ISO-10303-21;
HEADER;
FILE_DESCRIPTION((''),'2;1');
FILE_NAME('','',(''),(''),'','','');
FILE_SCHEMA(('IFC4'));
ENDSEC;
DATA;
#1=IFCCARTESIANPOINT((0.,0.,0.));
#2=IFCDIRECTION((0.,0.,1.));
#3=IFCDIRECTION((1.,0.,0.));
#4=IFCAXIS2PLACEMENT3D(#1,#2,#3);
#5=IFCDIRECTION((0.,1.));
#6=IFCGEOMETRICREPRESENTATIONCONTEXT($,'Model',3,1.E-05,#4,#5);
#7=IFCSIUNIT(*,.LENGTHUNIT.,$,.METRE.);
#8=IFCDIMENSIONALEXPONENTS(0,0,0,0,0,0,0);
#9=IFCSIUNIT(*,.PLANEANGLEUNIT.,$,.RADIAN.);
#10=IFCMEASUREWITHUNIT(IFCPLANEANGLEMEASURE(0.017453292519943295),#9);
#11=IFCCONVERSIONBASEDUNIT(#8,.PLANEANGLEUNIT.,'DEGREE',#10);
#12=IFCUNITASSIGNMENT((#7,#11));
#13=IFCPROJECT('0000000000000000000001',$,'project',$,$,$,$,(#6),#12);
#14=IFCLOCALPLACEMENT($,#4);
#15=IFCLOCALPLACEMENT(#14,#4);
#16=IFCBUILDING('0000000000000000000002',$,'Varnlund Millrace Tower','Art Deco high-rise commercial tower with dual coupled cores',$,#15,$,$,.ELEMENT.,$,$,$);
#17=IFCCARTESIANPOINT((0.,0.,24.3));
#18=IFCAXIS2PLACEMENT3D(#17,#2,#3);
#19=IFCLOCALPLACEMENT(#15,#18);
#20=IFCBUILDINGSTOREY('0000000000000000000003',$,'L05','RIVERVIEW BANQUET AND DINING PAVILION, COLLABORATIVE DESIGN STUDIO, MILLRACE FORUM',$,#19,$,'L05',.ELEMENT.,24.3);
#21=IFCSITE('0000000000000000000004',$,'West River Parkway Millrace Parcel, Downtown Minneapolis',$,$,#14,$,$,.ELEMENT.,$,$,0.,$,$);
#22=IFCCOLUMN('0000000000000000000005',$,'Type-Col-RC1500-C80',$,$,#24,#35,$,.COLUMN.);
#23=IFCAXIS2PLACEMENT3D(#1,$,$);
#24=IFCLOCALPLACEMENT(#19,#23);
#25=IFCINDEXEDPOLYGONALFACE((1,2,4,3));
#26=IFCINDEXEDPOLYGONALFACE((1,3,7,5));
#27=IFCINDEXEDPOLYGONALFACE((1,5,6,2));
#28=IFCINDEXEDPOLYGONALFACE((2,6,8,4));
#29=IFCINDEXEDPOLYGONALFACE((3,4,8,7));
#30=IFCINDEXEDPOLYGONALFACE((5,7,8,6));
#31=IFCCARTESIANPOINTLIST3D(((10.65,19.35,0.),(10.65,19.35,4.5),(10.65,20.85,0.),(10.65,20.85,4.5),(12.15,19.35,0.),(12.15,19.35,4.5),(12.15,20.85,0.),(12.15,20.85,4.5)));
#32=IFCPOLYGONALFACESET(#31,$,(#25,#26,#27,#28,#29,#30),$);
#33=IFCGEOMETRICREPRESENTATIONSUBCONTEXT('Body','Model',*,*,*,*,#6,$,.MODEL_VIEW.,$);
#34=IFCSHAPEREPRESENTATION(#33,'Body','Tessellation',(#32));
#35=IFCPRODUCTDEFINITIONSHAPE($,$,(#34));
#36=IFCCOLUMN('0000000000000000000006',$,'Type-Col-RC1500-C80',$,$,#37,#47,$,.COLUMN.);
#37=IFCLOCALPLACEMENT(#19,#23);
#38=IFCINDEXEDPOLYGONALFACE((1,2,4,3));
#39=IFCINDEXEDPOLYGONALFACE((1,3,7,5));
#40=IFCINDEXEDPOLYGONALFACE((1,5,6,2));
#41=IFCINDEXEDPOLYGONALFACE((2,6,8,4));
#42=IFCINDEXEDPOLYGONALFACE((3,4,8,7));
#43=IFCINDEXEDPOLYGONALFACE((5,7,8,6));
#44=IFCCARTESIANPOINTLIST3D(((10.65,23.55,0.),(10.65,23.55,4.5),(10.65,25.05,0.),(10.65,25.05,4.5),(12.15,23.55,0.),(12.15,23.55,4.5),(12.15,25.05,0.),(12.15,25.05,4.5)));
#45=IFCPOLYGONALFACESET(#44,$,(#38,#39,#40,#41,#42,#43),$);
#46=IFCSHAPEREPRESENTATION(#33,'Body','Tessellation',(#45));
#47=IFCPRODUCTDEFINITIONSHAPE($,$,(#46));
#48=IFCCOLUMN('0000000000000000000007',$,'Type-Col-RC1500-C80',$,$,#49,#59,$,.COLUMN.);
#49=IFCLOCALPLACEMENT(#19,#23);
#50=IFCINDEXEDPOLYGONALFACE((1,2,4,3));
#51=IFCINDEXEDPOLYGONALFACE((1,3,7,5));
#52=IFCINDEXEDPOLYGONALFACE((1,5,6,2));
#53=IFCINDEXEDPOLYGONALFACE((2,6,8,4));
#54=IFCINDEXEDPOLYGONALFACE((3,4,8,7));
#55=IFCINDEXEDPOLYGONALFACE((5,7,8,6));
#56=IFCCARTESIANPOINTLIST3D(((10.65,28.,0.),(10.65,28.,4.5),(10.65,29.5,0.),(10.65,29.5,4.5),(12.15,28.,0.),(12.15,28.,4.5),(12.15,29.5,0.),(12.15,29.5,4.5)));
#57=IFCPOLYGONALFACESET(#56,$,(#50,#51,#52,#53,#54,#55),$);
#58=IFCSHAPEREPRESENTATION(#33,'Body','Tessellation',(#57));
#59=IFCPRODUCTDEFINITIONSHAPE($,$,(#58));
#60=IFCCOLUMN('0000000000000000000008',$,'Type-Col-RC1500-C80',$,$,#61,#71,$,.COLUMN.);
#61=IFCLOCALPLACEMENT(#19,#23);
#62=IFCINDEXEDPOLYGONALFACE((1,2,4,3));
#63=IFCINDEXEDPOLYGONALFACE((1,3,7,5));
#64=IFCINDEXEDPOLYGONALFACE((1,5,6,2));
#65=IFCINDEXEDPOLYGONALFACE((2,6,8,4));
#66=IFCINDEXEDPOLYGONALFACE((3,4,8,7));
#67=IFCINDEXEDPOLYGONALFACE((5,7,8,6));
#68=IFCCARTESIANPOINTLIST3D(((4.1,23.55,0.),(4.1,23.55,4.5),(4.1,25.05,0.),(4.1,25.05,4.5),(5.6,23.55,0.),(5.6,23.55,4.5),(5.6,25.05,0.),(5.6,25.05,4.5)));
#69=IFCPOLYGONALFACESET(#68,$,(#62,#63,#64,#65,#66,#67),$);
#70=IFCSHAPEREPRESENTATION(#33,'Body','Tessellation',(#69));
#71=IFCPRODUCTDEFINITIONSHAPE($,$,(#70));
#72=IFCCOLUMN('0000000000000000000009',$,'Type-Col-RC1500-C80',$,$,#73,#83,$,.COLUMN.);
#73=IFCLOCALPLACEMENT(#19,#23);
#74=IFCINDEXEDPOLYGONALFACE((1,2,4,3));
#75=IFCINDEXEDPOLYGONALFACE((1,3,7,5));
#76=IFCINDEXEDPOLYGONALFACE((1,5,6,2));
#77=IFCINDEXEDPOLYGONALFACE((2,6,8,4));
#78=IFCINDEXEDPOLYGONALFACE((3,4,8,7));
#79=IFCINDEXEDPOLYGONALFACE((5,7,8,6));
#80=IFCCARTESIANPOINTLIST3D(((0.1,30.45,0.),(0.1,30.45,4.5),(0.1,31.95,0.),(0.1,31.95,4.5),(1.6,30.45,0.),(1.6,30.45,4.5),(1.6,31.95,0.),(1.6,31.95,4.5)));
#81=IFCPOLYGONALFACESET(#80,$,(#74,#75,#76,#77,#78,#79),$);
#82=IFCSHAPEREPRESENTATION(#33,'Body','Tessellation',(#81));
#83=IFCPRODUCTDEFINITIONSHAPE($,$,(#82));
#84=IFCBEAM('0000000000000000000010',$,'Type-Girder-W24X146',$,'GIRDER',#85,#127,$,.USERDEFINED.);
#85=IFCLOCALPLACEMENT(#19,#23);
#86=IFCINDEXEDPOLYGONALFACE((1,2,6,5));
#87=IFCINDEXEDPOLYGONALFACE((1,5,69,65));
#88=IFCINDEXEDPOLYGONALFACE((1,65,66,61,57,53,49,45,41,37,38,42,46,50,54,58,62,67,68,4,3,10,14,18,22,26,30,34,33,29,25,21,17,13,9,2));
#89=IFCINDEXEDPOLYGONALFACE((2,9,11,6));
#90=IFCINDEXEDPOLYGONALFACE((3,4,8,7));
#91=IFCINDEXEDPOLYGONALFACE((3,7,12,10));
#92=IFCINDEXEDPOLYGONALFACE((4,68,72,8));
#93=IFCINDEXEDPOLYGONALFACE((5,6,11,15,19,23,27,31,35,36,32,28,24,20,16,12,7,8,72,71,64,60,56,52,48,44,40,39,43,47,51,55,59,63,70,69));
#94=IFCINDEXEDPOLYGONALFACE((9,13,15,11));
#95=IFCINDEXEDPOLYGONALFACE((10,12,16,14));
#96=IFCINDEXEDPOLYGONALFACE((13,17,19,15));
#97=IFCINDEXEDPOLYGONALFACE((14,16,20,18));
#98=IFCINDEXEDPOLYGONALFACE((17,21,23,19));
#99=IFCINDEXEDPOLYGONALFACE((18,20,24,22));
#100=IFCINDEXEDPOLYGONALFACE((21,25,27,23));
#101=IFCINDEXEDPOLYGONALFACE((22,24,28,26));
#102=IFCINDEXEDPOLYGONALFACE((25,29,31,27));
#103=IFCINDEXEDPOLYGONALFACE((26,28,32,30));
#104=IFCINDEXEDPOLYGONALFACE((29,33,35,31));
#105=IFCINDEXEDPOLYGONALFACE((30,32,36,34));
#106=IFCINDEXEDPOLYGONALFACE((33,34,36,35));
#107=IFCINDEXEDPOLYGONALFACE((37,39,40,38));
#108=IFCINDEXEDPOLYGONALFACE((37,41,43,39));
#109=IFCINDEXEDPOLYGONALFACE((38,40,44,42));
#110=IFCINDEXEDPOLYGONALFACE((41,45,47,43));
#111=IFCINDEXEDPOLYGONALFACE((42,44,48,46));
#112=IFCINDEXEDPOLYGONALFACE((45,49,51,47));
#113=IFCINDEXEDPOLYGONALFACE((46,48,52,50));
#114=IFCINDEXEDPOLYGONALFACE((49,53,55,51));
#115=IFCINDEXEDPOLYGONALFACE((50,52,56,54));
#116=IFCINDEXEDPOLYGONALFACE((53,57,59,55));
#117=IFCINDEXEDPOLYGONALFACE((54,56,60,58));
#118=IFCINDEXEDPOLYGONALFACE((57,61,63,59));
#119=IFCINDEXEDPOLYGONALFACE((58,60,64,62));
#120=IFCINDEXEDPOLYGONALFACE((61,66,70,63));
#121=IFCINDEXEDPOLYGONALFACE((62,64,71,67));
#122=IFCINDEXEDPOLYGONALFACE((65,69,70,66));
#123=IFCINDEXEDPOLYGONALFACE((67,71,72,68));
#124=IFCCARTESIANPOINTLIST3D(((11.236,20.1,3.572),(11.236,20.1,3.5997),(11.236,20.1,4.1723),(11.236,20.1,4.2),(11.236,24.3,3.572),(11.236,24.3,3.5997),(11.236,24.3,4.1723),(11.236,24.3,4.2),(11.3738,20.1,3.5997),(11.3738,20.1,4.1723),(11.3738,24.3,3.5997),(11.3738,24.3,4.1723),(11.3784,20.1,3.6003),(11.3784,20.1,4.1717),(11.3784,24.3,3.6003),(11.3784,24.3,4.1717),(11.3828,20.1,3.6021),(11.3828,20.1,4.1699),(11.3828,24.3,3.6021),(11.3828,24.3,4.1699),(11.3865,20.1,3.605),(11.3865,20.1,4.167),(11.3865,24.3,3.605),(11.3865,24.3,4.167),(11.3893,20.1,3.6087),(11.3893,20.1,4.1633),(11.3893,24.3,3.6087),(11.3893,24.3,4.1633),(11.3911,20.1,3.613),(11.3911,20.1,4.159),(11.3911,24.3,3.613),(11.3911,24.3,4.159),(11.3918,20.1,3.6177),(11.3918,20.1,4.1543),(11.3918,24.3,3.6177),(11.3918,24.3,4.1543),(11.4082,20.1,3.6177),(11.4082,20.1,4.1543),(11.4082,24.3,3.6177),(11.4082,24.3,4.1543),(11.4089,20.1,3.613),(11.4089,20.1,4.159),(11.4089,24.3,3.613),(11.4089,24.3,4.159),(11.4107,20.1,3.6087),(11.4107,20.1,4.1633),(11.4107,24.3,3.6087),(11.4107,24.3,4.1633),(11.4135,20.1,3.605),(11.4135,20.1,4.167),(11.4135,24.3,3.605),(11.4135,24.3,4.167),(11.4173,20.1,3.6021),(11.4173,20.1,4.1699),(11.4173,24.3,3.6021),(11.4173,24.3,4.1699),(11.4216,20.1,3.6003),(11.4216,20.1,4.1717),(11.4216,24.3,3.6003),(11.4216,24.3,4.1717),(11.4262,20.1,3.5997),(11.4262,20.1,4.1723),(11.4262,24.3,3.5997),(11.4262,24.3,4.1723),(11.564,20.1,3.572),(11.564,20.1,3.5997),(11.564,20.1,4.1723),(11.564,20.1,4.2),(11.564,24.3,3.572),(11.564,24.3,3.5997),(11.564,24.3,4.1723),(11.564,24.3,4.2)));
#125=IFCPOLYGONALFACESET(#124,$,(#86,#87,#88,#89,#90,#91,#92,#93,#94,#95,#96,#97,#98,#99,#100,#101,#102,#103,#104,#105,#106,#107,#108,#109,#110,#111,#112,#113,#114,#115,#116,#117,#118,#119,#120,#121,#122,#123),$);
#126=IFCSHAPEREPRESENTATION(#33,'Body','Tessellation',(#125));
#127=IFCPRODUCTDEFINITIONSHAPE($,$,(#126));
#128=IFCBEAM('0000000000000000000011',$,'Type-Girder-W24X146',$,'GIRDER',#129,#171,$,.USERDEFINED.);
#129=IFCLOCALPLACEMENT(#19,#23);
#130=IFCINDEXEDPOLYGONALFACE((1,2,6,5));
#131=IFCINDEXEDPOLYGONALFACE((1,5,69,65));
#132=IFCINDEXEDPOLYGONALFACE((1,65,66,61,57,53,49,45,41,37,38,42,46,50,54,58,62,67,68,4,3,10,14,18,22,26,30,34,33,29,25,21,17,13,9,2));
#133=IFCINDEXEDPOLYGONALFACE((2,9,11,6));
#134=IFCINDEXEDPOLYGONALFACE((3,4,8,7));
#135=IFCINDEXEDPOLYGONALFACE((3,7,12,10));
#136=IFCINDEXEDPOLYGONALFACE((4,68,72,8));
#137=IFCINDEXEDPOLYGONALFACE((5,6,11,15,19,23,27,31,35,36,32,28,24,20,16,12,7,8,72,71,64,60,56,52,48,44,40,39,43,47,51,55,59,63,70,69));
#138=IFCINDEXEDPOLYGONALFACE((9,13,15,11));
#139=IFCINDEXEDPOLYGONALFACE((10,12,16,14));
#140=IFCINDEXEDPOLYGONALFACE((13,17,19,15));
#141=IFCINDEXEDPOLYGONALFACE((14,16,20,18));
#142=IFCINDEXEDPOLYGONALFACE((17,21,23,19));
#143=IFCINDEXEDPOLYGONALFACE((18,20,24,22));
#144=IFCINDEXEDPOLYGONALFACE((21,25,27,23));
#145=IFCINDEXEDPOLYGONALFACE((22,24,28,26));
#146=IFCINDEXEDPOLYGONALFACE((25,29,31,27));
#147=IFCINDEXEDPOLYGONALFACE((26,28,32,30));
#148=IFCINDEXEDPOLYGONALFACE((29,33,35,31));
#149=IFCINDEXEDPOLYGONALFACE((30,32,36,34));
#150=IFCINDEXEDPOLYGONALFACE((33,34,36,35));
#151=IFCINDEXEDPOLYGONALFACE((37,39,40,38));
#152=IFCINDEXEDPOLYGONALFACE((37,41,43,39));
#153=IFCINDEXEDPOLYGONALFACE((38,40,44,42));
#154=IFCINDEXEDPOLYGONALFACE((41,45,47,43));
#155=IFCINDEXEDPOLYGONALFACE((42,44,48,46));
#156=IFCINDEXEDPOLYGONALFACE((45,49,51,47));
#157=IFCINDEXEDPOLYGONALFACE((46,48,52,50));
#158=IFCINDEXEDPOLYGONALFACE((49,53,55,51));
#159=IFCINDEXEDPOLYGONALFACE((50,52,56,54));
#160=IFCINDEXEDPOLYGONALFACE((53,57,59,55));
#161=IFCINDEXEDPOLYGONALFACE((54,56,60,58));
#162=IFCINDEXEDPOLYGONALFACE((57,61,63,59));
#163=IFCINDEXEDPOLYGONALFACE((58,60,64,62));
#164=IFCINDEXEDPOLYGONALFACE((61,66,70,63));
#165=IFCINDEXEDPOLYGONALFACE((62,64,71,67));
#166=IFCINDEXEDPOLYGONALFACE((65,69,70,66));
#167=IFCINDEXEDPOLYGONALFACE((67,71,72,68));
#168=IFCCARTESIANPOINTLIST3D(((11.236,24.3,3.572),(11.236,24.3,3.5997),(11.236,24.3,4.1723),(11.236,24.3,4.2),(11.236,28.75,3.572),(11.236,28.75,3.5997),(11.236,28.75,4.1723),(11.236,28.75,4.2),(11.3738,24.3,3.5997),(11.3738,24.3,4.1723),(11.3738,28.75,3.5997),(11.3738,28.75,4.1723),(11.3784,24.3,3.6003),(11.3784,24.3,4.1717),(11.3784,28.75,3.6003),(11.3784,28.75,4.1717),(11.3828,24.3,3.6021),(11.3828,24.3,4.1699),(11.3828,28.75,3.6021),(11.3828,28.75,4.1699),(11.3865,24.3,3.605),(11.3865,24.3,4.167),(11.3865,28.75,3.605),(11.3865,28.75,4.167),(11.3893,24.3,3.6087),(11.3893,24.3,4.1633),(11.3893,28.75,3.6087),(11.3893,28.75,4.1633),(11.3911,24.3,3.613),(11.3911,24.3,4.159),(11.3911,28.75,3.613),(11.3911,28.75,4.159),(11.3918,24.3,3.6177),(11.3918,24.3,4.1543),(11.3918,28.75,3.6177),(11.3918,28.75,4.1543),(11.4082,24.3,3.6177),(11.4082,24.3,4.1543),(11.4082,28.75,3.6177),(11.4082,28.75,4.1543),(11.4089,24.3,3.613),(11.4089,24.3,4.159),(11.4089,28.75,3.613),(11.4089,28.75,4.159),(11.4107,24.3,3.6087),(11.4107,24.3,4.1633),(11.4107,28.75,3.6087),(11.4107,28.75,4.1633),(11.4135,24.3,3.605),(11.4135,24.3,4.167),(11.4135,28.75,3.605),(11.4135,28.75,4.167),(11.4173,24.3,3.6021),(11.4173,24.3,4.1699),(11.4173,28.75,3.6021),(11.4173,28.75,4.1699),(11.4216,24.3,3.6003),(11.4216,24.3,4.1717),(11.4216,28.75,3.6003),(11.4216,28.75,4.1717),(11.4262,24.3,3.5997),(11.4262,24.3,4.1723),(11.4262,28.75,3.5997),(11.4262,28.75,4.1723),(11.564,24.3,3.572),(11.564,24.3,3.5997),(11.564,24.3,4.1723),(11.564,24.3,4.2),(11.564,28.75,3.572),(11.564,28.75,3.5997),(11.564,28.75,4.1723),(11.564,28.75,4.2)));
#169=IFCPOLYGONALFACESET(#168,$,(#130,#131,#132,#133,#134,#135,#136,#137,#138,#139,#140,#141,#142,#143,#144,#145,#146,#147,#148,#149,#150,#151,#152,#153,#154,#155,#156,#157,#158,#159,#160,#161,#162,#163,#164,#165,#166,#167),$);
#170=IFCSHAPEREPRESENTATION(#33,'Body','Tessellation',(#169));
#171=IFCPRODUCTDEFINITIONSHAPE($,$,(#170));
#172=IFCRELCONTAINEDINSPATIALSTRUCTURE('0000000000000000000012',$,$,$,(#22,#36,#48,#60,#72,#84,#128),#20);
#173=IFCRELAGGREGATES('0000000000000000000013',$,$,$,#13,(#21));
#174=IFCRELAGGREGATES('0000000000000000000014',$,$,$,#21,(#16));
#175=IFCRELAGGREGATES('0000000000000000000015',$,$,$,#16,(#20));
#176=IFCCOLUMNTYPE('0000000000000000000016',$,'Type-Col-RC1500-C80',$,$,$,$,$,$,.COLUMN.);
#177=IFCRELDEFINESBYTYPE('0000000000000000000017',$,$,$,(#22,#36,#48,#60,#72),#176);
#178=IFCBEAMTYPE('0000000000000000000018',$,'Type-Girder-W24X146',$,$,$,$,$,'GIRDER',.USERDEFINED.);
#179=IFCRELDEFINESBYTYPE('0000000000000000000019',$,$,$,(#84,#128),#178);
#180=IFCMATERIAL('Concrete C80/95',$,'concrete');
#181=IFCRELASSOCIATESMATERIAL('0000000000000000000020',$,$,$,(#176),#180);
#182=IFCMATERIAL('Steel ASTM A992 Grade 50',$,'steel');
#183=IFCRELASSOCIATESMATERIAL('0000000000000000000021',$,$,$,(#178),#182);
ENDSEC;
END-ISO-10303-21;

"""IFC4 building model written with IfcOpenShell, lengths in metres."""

from ifc_helpers import new_model, entity, si_unit, converted_unit, direction, frame, origin_with_axes, origin_2d_with_axis, place, context, subcontext, project, spatial, rectangle, i_section, extrude, material, material_profile, profile_set, type_object, element, save


model = new_model("IFC4")

# Units and contexts
model_context = context("Model", 3, precision=1e-05, world=origin_with_axes(), true_north=direction((0.0, 1.0)))
body_context = subcontext(model_context, "Body", "Model", "MODEL_VIEW")
ifc_project = project(units=[si_unit("LENGTHUNIT", "METRE"), converted_unit("PLANEANGLEUNIT", "DEGREE", entity("IfcPlaneAngleMeasure", 0.017453292519943295), si_unit("PLANEANGLEUNIT", "RADIAN"), dimensions=[0, 0, 0, 0, 0, 0, 0])], contexts=[model_context])

# Site, building, storey
site_placement = place(None, origin_with_axes())
site = spatial("IfcSite", under=ifc_project, at=site_placement, Name="West River Parkway Millrace Parcel, Downtown Minneapolis", CompositionType="ELEMENT", RefElevation=0.0)
building_placement = place(site_placement, origin_with_axes())
building = spatial("IfcBuilding", under=site, at=building_placement, Name="Varnlund Millrace Tower", Description="Art Deco high-rise commercial tower with dual coupled cores", CompositionType="ELEMENT")
storey_placement = place(building_placement, frame((0.0, 0.0, 24.3), z_axis=(0.0, 0.0, 1.0), x_axis=(1.0, 0.0, 0.0)))
storey = spatial("IfcBuildingStorey", under=building, at=storey_placement, Name="L05", Description="RIVERVIEW BANQUET AND DINING PAVILION, COLLABORATIVE DESIGN STUDIO, MILLRACE FORUM", LongName="L05", CompositionType="ELEMENT", Elevation=24.3)

# Columns
ifc_material_1 = material(Name="Concrete C80/95", Category="concrete")
ifc_material_profile_1 = material_profile(ifc_material_1, rectangle(XDim=1.5, YDim=1.5, at=origin_2d_with_axis()), Name="Concrete C80/95")
ifc_profile_set_1 = profile_set([ifc_material_profile_1], Name="Concrete C80/95")
column_type = type_object("IfcColumnType", Name="Type-Col-RC1500-C80", PredefinedType="COLUMN", material=ifc_profile_set_1)
for number, where, z_axis, x_axis, name in (
    (1, (11.4, 20.1, 0.0), (0.0, 0.0, 1.0), (1.0, 0.0, 0.0), "Type-Col-RC1500-C80"),
    (2, (11.4, 24.3, 0.0), (0.0, 0.0, 1.0), (1.0, 0.0, 0.0), "Type-Col-RC1500-C80"),
    (3, (11.4, 28.75, 0.0), (0.0, 0.0, 1.0), (1.0, 0.0, 0.0), "Type-Col-RC1500-C80"),
    (4, (4.85, 24.3, 0.0), (0.0, 0.0, 1.0), (1.0, 0.0, 0.0), "Type-Col-RC1500-C80"),
    (5, (0.85, 31.2, 0.0), (0.0, 0.0, 1.0), (1.0, 0.0, 0.0), "Type-Col-RC1500-C80"),
):
    element("IfcColumn", number, at=place(storey_placement, frame(where, z_axis=z_axis, x_axis=x_axis)), inside=storey, type_object=column_type, Name=name, PredefinedType="COLUMN", context=body_context, shape_type="SweptSolid", body=[
        extrude(rectangle(XDim=1.5, YDim=1.5, at=origin_2d_with_axis()), origin_with_axes(), (0.0, 0.0, 1.0), 4.5),
    ])

# Beams
ifc_material_2 = material(Name="Steel ASTM A992 Grade 50", Category="steel")
ifc_material_profile_2 = material_profile(ifc_material_2, i_section(OverallWidth=0.328, OverallDepth=0.628, WebThickness=0.0165, FlangeThickness=0.0277, FilletRadius=0.018, at=origin_2d_with_axis()), Name="Steel ASTM A992 Grade 50")
ifc_profile_set_2 = profile_set([ifc_material_profile_2], Name="Steel ASTM A992 Grade 50")
beam_type_1 = type_object("IfcBeamType", Name="Type-Girder-W24X146", ElementType="GIRDER", PredefinedType="USERDEFINED", material=ifc_profile_set_2)
beam_1_placement = place(storey_placement, frame((11.4, 20.1, 3.886), z_axis=(0.0, 1.0, 0.0), x_axis=(-1.0, 0.0, 0.0)))
element("IfcBeam", 6, at=beam_1_placement, inside=storey, type_object=beam_type_1, Name="Type-Girder-W24X146", ObjectType="GIRDER", PredefinedType="USERDEFINED", context=body_context, shape_type="SweptSolid", body=[
    extrude(i_section(OverallWidth=0.328, OverallDepth=0.628, WebThickness=0.0165, FlangeThickness=0.0277, FilletRadius=0.018, at=origin_2d_with_axis()), origin_with_axes(), (0.0, 0.0, 1.0), 4.2),
])
beam_2_placement = place(storey_placement, frame((11.4, 24.3, 3.886), z_axis=(0.0, 1.0, 0.0), x_axis=(-1.0, 0.0, 0.0)))
element("IfcBeam", 7, at=beam_2_placement, inside=storey, type_object=beam_type_1, Name="Type-Girder-W24X146", ObjectType="GIRDER", PredefinedType="USERDEFINED", context=body_context, shape_type="SweptSolid", body=[
    extrude(i_section(OverallWidth=0.328, OverallDepth=0.628, WebThickness=0.0165, FlangeThickness=0.0277, FilletRadius=0.018, at=origin_2d_with_axis()), origin_with_axes(), (0.0, 0.0, 1.0), 4.45),
])

save(model, "model.ifc")
